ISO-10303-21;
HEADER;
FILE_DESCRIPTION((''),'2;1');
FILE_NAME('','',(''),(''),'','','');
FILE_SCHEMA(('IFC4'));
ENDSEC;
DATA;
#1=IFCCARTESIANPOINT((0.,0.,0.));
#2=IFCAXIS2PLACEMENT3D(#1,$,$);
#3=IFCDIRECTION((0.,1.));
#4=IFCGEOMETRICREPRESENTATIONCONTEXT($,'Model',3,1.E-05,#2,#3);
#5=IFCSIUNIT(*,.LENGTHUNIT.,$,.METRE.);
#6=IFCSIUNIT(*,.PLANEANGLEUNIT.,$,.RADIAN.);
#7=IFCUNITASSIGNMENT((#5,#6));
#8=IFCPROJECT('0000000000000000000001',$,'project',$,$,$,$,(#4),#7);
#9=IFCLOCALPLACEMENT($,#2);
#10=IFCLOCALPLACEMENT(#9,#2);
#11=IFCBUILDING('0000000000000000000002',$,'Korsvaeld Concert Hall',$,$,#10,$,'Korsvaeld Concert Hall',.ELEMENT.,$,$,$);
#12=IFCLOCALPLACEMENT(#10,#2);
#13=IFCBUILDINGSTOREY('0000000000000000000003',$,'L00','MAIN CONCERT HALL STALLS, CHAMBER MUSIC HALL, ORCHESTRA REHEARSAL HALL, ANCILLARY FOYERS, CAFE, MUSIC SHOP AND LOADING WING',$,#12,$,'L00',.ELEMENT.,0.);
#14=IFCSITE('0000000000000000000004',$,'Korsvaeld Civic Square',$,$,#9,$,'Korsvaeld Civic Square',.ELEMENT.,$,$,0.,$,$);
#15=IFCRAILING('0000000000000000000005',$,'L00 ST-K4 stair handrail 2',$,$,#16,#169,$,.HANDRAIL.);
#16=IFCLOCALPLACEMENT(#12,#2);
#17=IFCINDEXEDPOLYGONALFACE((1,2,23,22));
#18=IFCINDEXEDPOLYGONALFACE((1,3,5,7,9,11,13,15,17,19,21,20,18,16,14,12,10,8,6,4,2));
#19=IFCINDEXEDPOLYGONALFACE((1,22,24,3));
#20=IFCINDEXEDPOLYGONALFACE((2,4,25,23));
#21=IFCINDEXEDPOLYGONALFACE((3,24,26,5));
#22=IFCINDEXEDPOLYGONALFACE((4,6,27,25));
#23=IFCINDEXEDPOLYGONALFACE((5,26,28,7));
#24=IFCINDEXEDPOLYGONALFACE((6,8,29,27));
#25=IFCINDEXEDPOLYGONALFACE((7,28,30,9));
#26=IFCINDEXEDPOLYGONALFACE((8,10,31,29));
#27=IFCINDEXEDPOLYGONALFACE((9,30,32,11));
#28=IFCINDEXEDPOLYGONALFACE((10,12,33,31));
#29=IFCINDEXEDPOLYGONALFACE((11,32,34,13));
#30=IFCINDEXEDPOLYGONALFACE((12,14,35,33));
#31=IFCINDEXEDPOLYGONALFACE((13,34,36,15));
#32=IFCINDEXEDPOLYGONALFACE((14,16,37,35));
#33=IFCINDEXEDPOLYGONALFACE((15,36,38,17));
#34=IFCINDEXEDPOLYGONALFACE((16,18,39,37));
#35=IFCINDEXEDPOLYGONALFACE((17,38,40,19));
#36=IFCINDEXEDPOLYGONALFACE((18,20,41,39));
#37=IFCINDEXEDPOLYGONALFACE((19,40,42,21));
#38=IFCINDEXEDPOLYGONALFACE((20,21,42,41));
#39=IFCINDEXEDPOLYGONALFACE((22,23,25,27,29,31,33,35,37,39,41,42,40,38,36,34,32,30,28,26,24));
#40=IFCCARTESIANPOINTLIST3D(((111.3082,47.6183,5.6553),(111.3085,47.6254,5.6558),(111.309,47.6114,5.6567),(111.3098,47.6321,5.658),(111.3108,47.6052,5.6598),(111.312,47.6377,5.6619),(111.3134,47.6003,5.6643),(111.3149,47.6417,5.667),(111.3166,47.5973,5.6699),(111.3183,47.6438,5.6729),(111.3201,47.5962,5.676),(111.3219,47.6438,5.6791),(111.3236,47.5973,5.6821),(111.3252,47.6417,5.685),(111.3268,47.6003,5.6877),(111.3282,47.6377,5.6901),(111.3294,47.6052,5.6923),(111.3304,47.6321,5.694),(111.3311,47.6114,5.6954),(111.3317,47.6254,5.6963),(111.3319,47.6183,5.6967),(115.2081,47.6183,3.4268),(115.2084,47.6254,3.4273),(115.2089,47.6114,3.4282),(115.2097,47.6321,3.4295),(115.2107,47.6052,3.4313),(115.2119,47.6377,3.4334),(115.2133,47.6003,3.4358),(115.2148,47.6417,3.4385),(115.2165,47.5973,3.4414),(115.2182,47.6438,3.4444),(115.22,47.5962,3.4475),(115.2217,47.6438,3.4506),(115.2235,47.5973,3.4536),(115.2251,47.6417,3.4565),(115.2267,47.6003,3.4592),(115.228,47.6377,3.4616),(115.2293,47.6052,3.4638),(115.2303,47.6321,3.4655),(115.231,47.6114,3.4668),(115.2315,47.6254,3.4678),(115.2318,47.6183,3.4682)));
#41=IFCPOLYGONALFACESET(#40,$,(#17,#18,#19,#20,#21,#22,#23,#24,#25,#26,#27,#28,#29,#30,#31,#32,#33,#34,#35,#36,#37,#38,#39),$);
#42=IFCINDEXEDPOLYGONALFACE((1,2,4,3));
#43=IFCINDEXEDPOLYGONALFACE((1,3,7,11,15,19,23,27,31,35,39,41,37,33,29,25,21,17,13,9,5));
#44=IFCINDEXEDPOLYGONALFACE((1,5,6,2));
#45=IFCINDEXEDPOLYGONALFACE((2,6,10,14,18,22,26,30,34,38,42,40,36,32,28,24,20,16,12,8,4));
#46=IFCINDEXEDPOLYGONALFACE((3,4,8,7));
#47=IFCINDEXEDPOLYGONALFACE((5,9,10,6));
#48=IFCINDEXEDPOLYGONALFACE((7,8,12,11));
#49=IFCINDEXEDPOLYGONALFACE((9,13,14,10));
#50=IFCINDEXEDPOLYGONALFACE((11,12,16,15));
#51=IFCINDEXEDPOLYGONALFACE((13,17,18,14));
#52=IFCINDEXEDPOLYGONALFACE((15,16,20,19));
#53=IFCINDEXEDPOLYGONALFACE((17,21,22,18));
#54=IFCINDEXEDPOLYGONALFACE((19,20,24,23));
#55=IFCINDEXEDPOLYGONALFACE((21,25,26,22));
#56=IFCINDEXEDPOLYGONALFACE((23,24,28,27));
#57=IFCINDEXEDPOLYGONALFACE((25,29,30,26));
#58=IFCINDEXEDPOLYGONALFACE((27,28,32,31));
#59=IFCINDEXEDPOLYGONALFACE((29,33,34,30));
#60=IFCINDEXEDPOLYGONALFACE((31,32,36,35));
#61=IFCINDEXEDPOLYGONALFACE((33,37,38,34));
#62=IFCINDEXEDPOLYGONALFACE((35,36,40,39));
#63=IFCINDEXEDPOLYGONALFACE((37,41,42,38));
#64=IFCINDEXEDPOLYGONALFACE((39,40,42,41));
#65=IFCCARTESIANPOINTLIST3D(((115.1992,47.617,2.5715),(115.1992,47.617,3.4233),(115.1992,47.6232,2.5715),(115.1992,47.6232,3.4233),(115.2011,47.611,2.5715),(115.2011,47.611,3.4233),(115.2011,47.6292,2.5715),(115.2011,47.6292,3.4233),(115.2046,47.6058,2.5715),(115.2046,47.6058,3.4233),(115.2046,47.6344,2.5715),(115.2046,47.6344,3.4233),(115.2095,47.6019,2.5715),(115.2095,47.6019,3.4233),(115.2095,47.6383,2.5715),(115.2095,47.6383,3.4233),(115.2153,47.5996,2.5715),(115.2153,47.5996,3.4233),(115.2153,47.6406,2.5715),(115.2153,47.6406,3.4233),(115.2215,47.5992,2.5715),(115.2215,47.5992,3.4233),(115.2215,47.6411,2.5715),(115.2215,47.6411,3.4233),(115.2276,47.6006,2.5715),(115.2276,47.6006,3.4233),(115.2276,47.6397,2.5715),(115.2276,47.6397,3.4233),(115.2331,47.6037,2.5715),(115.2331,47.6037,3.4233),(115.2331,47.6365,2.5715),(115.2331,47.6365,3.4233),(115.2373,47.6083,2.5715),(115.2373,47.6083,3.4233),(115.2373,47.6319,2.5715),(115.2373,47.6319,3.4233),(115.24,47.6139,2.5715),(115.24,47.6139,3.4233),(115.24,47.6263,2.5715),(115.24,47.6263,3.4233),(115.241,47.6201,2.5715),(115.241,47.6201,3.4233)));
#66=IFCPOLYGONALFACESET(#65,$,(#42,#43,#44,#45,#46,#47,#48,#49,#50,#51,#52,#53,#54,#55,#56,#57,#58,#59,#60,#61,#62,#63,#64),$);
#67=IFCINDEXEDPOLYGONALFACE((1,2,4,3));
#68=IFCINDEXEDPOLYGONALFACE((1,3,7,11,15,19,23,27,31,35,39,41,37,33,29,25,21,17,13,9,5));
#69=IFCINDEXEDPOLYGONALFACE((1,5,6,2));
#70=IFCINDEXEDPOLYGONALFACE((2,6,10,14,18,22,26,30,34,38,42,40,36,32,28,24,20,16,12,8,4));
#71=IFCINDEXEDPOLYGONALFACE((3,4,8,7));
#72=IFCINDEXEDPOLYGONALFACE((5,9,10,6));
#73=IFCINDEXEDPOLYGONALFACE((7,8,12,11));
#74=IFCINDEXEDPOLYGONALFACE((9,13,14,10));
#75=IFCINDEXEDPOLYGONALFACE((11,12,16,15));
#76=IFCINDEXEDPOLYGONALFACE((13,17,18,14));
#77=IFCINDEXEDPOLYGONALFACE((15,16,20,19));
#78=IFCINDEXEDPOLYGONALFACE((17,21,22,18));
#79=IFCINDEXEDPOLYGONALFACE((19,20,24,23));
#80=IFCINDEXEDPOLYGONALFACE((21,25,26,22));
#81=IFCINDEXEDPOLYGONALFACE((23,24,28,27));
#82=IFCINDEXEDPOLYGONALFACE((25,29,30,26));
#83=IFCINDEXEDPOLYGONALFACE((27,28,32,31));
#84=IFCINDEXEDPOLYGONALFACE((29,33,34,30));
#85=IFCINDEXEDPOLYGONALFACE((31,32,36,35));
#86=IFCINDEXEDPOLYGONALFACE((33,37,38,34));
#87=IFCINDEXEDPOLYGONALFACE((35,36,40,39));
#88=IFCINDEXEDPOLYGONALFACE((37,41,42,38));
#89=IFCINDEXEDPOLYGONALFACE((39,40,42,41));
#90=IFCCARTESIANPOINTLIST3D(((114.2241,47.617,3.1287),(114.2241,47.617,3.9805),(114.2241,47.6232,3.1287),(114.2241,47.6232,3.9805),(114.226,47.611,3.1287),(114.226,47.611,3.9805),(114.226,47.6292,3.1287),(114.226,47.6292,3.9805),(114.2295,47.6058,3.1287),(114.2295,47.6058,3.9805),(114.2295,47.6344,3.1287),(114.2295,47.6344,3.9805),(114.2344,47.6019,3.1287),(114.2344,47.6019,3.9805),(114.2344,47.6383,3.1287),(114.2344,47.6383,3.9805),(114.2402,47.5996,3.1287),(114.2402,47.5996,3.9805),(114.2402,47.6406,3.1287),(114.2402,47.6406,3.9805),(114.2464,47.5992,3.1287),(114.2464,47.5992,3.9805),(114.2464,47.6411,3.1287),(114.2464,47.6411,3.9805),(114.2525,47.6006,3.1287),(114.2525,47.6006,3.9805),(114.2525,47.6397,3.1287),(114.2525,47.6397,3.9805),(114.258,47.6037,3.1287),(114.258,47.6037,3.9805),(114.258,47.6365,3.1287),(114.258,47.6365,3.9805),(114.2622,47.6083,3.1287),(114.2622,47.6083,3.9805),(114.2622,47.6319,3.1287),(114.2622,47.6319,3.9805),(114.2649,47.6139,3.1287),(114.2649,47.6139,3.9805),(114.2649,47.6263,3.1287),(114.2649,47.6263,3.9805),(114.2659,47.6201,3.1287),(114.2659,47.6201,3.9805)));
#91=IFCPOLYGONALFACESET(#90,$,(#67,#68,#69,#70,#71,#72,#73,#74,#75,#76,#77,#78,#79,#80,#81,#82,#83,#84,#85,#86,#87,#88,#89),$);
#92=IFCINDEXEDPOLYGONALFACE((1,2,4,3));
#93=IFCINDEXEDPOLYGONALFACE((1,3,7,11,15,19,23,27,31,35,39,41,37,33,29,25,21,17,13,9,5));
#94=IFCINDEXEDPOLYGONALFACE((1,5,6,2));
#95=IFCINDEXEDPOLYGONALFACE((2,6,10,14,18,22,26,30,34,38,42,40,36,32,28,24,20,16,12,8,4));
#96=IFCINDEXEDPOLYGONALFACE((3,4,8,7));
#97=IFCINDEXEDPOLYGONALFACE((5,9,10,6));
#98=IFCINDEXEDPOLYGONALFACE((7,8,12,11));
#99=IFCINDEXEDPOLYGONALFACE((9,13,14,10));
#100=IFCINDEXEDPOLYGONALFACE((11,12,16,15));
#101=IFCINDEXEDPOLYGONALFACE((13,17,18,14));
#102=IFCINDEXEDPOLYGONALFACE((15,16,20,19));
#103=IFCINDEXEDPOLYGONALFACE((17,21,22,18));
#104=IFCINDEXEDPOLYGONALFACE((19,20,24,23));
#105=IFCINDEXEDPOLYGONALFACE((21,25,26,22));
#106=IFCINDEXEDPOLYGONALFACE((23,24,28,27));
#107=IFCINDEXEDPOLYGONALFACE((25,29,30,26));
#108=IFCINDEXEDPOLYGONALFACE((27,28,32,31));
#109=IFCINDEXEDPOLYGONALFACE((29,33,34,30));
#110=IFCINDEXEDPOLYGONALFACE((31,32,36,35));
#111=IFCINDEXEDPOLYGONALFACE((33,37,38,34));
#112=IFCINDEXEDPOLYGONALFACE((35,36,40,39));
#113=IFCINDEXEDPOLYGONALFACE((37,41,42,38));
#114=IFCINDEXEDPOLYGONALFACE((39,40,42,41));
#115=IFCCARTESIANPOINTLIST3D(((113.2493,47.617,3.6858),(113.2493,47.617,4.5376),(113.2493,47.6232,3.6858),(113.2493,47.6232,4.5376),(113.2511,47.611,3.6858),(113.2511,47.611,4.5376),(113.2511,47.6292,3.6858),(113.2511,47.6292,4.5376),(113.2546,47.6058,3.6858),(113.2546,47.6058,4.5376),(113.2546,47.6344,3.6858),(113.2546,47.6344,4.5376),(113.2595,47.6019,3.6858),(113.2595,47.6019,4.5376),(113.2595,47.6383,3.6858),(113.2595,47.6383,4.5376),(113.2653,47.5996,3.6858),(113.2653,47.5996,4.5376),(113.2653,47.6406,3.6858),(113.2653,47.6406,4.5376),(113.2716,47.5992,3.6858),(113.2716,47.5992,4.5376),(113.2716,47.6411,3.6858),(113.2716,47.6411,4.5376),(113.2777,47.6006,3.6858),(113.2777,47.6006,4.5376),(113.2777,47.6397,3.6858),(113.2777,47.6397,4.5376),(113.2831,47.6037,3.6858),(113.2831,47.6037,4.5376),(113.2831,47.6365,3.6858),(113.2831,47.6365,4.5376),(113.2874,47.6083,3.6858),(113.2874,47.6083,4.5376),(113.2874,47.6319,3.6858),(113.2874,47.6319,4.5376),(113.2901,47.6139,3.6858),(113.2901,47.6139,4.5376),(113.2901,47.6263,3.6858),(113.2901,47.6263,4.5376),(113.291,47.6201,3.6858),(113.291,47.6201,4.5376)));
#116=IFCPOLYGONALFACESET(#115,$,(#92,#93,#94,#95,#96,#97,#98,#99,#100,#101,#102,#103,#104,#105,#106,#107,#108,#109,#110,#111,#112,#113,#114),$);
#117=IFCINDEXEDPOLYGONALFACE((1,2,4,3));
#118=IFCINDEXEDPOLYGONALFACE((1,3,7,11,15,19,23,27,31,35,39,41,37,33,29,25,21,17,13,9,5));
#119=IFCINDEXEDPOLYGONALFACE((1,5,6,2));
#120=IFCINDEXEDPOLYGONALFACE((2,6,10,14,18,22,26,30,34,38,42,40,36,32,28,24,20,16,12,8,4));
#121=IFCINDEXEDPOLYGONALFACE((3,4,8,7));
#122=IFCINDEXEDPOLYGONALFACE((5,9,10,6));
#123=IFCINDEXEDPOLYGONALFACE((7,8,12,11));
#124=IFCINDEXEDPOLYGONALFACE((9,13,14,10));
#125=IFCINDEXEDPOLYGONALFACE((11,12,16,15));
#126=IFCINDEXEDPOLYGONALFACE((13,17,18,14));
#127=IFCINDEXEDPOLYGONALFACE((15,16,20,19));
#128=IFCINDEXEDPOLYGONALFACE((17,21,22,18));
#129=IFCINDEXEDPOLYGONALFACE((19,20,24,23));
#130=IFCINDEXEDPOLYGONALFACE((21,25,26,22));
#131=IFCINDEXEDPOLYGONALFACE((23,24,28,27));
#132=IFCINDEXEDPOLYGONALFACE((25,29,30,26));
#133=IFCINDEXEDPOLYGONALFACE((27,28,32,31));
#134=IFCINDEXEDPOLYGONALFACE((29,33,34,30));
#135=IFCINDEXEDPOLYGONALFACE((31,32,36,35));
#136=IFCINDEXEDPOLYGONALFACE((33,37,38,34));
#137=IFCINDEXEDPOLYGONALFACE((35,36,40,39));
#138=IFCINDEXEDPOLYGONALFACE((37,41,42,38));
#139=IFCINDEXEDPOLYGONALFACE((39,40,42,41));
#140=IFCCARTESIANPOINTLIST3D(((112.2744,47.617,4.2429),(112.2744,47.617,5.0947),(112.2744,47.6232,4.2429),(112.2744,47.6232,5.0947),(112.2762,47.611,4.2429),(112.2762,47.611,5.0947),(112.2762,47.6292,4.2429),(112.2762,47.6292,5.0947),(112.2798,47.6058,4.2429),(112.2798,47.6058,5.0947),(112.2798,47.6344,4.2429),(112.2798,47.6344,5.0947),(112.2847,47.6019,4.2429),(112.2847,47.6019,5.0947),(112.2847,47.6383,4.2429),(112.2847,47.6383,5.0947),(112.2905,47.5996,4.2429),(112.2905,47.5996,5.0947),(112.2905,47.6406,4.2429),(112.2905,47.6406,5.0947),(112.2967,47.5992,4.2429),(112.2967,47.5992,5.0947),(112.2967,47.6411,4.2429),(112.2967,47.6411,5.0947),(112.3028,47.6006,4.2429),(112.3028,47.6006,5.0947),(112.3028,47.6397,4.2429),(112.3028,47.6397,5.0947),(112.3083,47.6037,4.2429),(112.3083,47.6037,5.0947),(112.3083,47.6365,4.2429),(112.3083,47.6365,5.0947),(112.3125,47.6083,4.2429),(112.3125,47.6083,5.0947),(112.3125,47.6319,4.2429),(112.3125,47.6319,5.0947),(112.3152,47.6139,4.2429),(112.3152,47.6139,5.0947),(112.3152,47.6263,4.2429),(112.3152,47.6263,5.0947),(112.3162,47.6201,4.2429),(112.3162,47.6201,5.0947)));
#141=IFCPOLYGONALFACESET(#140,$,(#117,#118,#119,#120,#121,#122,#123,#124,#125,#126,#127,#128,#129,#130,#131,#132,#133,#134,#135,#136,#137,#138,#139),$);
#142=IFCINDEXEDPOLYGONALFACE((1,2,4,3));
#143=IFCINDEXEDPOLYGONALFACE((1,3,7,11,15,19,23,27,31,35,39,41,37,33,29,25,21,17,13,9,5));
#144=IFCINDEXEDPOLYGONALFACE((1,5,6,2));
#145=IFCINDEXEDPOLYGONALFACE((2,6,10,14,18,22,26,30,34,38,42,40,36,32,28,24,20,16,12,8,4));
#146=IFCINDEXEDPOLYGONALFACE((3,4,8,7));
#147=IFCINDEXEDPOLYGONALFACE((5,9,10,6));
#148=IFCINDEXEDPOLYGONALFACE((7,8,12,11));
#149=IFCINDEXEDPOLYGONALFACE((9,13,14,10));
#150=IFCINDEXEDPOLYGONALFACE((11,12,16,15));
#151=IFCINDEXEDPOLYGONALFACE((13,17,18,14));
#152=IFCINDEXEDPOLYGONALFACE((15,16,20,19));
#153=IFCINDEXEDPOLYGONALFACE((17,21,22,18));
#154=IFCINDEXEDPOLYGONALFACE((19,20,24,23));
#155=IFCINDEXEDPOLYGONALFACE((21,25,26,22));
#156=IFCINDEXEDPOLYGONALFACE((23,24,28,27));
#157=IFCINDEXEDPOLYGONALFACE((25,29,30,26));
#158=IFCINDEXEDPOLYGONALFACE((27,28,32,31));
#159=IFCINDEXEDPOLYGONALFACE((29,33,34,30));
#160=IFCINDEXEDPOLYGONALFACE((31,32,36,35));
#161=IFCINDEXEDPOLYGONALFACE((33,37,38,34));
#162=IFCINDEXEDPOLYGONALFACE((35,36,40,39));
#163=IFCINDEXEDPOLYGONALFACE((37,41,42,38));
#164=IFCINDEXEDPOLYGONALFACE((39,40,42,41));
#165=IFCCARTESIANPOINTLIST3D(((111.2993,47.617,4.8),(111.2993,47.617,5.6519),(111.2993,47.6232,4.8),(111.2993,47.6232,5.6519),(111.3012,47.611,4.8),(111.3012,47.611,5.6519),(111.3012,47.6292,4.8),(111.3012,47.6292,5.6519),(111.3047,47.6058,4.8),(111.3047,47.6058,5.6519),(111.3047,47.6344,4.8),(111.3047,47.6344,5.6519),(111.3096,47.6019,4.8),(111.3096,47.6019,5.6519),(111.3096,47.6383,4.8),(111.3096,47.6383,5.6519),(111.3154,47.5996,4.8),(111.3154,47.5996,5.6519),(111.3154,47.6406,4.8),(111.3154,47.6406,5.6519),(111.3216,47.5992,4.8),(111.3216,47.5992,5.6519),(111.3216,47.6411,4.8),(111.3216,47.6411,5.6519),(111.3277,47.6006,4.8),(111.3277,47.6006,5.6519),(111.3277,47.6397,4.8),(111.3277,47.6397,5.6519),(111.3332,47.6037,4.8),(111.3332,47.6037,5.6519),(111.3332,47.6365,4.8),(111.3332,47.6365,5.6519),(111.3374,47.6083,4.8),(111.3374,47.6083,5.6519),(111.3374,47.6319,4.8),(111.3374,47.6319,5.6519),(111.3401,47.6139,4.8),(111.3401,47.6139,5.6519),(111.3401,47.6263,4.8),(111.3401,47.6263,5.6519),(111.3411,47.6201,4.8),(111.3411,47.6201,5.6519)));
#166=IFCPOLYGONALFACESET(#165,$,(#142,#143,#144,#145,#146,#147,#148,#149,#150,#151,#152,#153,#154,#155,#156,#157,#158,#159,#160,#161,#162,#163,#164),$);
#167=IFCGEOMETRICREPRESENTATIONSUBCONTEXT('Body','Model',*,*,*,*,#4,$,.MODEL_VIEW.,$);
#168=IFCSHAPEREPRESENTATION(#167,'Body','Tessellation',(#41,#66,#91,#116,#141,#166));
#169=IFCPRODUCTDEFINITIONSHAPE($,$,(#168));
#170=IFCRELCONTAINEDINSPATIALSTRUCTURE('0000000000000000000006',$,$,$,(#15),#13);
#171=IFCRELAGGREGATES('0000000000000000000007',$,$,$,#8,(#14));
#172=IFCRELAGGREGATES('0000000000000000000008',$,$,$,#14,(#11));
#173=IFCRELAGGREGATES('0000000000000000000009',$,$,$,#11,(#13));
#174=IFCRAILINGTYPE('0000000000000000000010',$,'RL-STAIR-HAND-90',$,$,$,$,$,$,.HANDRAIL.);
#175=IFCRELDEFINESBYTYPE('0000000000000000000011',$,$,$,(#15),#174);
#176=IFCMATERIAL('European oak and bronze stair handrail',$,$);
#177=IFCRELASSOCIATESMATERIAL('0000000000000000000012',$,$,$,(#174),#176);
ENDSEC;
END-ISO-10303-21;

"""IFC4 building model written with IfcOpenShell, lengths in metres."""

from ifc_helpers import new_model, si_unit, direction, frame, origin, origin_2d, place, context, subcontext, project, spatial, circle, extrude, material, type_object, element, save


model = new_model("IFC4")

# Units and contexts
model_context = context("Model", 3, precision=1e-05, world=origin(), true_north=direction((0.0, 1.0)))
body_context = subcontext(model_context, "Body", "Model", "MODEL_VIEW")
ifc_project = project(units=[si_unit("LENGTHUNIT", "METRE"), si_unit("PLANEANGLEUNIT", "RADIAN")], contexts=[model_context])

# Site, building, storey
site_placement = place(None, origin())
site = spatial("IfcSite", under=ifc_project, at=site_placement, Name="Korsvaeld Civic Square", LongName="Korsvaeld Civic Square", CompositionType="ELEMENT", RefElevation=0.0)
building_placement = place(site_placement, origin())
building = spatial("IfcBuilding", under=site, at=building_placement, Name="Korsvaeld Concert Hall", LongName="Korsvaeld Concert Hall", CompositionType="ELEMENT")
storey_placement = place(building_placement, origin())
storey = spatial("IfcBuildingStorey", under=building, at=storey_placement, Name="L00", Description="MAIN CONCERT HALL STALLS, CHAMBER MUSIC HALL, ORCHESTRA REHEARSAL HALL, ANCILLARY FOYERS, CAFE, MUSIC SHOP AND LOADING WING", LongName="L00", CompositionType="ELEMENT", Elevation=0.0)

# Railing
ifc_material_1 = material(Name="European oak and bronze stair handrail")
railing_type_1 = type_object("IfcRailingType", Name="RL-STAIR-HAND-90", PredefinedType="HANDRAIL", material=ifc_material_1)
railing_1_placement = place(storey_placement, frame((115.22, 47.6201, 2.5715)))
element("IfcRailing", 1, at=railing_1_placement, inside=storey, type_object=railing_type_1, Name="L00 ST-K4 stair handrail 2", PredefinedType="HANDRAIL", context=body_context, shape_type="SweptSolid", body=[
    extrude(circle(Radius=0.0239, at=origin_2d()), frame((0.0, 0.0, 0.876), z_axis=(-0.868243, 0.0, 0.496139), x_axis=(0.0, -1.0, 0.0)), (0.0, 0.0, 1.0), 4.4917),
    extrude(circle(Radius=0.021, at=origin_2d()), origin(), (0.0, 0.0, 1.0), 0.8518),
    extrude(circle(Radius=0.021, at=origin_2d()), frame((-0.9751, 0.0, 0.5571)), (0.0, 0.0, 1.0), 0.8518),
    extrude(circle(Radius=0.021, at=origin_2d()), frame((-1.95, 0.0, 1.1143)), (0.0, 0.0, 1.0), 0.8518),
    extrude(circle(Radius=0.021, at=origin_2d()), frame((-2.9248, 0.0, 1.6714)), (0.0, 0.0, 1.0), 0.8518),
    extrude(circle(Radius=0.021, at=origin_2d()), frame((-3.8999, 0.0, 2.2285)), (0.0, 0.0, 1.0), 0.8518),
])

save(model, "model.ifc")
